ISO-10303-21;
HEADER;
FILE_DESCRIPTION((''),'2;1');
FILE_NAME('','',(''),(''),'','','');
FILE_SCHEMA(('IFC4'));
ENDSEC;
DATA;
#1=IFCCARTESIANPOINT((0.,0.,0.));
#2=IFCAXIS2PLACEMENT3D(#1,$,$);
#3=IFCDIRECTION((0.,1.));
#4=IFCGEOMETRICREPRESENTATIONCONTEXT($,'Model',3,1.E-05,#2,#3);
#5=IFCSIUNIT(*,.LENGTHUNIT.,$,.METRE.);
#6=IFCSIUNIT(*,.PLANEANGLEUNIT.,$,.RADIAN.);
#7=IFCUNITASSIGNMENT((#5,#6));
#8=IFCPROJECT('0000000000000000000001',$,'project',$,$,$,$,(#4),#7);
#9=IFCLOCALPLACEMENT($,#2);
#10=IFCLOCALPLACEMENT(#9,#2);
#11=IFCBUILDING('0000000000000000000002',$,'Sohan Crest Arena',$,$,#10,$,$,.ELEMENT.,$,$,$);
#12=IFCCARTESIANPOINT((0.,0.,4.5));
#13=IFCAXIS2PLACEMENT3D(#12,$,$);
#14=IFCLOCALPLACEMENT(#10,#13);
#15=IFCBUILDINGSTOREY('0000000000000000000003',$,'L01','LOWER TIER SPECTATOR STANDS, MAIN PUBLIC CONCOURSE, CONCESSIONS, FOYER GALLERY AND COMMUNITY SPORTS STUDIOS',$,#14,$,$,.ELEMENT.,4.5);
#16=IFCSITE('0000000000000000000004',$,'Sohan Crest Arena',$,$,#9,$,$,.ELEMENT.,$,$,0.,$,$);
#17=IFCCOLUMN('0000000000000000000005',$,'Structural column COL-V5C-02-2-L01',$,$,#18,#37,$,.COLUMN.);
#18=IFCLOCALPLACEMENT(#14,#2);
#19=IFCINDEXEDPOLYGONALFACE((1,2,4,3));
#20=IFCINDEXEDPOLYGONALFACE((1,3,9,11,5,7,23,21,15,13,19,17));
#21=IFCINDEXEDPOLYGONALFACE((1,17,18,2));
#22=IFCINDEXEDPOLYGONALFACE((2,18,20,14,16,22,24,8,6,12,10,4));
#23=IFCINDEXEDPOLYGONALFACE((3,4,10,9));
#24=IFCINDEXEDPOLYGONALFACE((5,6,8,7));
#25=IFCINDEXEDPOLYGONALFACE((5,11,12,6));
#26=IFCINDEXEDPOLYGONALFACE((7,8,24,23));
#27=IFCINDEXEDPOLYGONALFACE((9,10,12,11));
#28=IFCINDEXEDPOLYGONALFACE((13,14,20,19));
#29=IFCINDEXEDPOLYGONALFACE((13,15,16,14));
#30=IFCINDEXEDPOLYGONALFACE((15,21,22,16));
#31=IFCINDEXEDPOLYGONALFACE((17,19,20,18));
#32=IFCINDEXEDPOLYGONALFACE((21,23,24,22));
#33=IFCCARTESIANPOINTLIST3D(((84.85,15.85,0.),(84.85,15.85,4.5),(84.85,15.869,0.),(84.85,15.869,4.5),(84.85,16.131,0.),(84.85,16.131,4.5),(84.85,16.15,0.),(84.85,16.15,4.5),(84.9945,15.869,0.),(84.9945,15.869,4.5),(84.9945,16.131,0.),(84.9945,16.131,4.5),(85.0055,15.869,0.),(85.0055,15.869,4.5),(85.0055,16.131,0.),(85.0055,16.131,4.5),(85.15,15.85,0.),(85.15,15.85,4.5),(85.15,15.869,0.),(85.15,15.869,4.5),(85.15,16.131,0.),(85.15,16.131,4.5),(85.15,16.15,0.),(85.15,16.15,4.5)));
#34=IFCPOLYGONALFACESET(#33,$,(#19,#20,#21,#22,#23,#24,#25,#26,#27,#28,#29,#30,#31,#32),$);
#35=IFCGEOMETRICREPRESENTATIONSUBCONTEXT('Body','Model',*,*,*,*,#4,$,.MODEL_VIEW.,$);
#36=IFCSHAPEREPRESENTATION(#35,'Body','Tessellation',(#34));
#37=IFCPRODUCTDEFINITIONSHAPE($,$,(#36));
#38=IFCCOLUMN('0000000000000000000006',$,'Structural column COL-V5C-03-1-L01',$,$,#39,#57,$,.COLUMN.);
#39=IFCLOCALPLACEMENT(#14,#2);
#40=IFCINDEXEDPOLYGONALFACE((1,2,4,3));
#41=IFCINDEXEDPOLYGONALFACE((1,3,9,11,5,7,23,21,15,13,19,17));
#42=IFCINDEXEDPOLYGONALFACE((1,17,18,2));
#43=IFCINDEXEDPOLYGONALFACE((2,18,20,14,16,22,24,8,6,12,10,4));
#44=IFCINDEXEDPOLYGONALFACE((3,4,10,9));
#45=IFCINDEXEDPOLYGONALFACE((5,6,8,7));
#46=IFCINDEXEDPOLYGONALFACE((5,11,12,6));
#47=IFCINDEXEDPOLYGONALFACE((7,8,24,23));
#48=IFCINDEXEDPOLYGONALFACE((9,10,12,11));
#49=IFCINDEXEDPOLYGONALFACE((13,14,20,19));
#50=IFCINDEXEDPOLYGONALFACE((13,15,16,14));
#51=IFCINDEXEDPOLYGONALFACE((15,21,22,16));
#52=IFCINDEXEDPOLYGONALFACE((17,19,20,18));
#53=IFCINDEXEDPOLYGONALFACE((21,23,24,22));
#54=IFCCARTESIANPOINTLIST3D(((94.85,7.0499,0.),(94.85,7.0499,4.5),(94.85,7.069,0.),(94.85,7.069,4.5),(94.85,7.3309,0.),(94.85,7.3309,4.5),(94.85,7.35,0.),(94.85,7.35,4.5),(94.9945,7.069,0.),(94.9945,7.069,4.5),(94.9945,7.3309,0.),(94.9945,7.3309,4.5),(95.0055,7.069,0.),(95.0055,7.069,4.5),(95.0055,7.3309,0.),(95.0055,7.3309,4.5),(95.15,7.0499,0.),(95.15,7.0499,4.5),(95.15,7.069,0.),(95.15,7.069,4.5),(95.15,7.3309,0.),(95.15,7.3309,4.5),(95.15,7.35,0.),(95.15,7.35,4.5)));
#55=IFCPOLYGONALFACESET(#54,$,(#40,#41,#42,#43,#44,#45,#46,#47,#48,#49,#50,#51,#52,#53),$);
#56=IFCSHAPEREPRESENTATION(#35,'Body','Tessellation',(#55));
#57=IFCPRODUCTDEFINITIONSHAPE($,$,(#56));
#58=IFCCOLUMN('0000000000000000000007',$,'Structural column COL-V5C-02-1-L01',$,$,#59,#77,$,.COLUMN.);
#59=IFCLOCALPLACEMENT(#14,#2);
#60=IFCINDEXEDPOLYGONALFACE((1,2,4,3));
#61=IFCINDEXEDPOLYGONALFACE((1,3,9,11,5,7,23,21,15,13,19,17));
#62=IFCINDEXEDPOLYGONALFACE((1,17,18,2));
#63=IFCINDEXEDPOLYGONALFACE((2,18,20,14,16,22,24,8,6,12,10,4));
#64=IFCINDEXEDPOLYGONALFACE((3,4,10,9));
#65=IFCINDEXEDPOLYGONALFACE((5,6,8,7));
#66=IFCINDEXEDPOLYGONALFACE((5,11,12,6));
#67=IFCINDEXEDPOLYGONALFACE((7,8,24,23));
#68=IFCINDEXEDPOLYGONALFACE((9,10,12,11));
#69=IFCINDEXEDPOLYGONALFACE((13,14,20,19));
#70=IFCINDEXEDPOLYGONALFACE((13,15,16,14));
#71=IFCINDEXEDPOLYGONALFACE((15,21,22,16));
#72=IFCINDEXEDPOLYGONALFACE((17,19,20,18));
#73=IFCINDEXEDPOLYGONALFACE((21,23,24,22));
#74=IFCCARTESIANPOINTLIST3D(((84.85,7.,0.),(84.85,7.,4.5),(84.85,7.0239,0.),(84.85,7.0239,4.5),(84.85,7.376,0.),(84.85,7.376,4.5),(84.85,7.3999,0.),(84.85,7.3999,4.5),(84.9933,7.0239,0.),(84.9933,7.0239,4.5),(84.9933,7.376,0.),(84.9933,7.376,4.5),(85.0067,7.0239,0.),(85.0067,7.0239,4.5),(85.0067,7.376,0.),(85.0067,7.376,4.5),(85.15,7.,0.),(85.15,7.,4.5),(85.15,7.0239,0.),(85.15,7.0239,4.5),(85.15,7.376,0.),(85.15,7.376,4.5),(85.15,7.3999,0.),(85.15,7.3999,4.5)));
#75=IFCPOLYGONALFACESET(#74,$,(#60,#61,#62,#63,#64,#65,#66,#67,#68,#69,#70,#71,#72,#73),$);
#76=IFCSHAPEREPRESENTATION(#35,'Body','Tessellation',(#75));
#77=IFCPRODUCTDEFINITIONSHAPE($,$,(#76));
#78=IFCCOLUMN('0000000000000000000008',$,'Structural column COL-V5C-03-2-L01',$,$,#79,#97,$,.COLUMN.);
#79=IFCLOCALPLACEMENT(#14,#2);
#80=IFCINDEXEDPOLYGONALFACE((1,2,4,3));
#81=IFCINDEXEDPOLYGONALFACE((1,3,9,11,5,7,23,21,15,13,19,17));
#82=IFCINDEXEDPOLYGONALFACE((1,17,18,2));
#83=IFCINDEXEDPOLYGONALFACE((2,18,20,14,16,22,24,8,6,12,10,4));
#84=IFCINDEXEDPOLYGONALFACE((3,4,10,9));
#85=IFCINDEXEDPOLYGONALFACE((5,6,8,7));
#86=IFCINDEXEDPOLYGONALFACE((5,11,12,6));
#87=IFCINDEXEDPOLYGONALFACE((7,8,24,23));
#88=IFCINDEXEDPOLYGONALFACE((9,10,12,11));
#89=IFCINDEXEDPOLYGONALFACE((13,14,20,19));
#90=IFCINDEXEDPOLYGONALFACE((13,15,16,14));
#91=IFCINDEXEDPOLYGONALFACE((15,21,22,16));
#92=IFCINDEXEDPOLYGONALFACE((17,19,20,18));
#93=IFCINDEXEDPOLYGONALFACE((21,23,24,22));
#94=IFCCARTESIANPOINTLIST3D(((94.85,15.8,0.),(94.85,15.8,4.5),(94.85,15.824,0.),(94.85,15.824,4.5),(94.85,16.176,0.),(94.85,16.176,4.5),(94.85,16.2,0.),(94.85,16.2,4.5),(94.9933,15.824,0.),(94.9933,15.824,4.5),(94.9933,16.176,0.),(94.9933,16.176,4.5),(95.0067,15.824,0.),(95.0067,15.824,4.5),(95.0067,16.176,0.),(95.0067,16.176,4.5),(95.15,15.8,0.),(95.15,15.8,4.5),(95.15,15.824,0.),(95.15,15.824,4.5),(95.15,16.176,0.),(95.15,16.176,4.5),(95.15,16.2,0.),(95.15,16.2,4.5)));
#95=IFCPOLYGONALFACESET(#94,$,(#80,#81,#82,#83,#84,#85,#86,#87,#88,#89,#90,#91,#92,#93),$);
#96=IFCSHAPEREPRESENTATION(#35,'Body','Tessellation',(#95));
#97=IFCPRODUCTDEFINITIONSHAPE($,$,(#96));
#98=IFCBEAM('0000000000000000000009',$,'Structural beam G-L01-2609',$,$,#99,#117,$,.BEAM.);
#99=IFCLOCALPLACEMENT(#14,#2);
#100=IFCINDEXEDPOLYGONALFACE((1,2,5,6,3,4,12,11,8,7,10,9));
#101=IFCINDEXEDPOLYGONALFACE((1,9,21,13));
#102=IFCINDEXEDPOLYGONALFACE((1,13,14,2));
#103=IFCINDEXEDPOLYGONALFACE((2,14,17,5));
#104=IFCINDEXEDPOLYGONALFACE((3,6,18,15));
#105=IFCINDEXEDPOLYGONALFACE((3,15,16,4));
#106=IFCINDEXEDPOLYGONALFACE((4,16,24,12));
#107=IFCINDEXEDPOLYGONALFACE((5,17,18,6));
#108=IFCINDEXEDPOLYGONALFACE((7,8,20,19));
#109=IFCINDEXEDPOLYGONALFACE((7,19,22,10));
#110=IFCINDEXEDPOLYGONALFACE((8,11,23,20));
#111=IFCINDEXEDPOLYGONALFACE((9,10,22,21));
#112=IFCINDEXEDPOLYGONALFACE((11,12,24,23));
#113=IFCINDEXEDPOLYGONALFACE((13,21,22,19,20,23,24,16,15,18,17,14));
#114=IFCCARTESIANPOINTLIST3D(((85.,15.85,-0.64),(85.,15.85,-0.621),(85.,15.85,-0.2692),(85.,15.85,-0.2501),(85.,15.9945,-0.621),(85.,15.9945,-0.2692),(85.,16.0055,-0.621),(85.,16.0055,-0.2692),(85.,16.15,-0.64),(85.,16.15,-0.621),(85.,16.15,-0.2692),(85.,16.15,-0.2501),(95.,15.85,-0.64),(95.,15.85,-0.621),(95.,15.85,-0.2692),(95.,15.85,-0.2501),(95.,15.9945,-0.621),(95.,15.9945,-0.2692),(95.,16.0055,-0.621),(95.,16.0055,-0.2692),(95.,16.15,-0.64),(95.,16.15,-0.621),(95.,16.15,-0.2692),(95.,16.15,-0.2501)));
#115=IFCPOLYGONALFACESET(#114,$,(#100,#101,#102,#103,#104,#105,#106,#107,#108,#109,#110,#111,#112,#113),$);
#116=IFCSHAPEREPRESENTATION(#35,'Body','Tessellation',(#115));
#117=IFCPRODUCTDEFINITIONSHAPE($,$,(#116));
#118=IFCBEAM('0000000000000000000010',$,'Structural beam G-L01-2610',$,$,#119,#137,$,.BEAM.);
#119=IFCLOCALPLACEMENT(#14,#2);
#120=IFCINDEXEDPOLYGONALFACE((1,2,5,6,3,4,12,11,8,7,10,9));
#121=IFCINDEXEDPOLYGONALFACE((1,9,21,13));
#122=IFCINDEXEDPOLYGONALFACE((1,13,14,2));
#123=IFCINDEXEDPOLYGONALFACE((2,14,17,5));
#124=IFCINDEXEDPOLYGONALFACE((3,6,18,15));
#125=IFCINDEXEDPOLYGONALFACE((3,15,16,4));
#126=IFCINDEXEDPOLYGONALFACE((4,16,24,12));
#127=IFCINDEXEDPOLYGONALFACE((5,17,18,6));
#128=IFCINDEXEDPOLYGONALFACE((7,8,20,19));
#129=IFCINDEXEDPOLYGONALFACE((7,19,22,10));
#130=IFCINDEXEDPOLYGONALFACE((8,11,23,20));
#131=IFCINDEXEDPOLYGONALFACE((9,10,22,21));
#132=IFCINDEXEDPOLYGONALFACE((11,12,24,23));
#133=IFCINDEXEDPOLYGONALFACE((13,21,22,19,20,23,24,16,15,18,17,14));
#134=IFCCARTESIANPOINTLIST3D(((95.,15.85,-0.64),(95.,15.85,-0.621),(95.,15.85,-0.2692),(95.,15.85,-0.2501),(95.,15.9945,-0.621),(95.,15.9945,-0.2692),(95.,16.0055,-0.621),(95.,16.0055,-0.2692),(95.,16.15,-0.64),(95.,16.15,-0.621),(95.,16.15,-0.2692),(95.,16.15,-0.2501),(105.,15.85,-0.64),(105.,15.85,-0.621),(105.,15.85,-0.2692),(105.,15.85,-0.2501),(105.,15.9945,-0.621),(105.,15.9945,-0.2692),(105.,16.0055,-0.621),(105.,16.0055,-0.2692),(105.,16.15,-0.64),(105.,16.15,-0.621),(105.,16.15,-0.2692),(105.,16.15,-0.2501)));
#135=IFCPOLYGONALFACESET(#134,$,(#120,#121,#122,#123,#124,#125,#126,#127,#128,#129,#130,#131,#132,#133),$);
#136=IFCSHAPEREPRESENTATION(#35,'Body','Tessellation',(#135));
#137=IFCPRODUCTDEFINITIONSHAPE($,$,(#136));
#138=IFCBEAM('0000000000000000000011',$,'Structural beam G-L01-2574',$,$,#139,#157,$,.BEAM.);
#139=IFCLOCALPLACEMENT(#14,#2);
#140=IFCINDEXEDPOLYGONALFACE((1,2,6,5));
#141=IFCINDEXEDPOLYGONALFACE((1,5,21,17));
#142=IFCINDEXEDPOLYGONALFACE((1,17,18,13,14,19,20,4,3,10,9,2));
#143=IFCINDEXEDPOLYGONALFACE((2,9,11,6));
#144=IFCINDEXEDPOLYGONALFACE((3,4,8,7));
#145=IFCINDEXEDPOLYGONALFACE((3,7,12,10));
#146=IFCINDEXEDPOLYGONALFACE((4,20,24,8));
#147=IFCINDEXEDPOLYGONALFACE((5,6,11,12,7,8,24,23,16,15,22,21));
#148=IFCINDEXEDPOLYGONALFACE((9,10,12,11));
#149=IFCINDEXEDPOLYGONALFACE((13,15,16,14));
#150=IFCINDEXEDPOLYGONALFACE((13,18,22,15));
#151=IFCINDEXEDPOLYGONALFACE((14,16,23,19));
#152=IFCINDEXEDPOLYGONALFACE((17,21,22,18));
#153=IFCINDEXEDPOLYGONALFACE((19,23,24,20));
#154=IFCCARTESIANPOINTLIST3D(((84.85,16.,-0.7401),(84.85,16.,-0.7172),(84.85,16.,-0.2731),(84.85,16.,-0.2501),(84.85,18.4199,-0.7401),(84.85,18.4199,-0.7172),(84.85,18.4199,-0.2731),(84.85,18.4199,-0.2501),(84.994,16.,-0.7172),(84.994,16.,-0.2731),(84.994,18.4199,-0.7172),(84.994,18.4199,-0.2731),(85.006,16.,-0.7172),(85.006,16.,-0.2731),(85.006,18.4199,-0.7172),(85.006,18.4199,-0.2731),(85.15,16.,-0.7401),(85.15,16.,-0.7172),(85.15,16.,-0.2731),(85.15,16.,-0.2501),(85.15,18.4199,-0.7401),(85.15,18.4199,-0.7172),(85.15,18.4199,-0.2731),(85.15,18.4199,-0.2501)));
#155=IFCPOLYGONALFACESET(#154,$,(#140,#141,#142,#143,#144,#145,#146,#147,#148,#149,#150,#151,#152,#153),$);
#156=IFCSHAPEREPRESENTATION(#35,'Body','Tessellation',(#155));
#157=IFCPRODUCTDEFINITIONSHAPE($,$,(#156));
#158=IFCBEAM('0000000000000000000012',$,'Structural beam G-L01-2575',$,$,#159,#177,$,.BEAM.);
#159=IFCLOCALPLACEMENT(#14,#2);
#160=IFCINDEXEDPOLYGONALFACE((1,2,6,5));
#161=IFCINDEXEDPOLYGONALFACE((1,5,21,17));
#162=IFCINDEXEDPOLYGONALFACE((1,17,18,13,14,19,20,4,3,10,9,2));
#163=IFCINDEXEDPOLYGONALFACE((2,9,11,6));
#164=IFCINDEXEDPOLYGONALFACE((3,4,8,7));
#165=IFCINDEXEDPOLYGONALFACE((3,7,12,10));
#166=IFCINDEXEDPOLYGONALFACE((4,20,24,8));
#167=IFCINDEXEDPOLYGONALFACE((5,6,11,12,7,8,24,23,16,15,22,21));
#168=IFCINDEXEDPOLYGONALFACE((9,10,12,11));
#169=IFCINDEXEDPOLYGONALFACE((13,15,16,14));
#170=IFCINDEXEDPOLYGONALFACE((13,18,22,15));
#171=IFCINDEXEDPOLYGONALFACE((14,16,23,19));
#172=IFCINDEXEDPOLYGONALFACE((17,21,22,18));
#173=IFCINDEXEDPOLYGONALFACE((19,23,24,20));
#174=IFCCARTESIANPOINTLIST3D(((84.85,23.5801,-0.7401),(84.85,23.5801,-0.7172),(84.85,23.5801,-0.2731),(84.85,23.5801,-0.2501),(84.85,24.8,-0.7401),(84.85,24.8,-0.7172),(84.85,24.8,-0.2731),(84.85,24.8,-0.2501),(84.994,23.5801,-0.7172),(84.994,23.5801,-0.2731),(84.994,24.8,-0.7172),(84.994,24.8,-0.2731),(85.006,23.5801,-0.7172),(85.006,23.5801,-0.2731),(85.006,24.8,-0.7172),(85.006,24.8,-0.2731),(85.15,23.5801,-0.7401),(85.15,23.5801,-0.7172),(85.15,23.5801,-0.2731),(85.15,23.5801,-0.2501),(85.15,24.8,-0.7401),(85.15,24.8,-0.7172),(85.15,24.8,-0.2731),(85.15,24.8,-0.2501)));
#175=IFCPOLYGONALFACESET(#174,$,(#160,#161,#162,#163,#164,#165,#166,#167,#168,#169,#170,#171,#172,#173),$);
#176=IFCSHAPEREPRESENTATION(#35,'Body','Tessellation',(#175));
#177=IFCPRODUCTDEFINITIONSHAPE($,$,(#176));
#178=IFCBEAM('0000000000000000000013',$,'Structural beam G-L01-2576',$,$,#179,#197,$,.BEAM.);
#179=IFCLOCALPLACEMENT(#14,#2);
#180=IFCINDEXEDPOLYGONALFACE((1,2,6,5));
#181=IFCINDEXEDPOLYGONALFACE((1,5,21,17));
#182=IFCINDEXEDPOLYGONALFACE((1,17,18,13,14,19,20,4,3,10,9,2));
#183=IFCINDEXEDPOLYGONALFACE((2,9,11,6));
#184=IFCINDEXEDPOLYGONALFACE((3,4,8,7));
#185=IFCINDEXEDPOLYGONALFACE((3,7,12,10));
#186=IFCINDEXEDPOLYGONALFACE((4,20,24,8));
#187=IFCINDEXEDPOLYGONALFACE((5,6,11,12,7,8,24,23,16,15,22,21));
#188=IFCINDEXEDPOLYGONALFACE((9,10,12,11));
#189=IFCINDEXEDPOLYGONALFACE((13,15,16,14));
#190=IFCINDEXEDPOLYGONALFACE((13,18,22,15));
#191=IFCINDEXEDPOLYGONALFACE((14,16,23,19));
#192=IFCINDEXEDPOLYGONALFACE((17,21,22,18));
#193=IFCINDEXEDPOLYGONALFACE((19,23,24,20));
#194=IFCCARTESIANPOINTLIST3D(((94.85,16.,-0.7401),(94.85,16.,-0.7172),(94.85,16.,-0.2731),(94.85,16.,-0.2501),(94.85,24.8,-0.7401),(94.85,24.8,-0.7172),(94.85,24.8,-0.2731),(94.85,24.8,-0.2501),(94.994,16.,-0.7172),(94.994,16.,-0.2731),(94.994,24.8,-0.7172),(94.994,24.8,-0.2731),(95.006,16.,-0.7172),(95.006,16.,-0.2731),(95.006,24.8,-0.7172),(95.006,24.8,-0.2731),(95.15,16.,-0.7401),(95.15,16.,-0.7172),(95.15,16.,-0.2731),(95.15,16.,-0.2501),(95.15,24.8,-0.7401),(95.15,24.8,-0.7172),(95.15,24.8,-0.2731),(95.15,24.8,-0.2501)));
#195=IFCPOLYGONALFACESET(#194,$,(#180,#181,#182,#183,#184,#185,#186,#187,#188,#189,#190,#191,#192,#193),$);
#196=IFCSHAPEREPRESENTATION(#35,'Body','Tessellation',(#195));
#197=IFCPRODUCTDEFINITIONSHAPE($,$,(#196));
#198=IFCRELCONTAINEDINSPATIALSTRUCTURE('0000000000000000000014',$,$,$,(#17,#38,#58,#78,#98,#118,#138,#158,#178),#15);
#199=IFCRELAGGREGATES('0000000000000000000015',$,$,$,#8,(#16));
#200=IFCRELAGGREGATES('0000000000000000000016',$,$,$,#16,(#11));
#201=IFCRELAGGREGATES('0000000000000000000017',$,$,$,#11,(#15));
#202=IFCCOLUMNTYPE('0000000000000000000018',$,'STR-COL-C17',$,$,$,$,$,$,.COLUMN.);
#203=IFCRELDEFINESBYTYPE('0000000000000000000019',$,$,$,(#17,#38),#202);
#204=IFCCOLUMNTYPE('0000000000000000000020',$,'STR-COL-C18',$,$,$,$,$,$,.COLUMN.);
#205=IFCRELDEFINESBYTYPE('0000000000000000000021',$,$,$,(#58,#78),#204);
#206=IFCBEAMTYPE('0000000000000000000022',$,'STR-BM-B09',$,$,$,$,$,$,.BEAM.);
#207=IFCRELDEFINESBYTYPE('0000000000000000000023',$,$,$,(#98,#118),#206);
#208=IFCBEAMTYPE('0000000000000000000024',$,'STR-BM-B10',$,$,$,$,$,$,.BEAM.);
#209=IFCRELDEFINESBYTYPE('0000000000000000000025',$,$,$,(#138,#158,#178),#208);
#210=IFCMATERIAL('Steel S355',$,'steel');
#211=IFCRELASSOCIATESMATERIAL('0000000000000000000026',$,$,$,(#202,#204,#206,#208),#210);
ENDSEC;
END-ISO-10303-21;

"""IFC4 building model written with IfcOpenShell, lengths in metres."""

from ifc_helpers import new_model, si_unit, direction, frame, origin, origin_2d, place, context, subcontext, project, spatial, i_section, extrude, material, material_profile, profile_set, type_object, element, save


model = new_model("IFC4")

# Units and contexts
model_context = context("Model", 3, precision=1e-05, world=origin(), true_north=direction((0.0, 1.0)))
body_context = subcontext(model_context, "Body", "Model", "MODEL_VIEW")
ifc_project = project(units=[si_unit("LENGTHUNIT", "METRE"), si_unit("PLANEANGLEUNIT", "RADIAN")], contexts=[model_context])

# Site, building, storey
site_placement = place(None, origin())
site = spatial("IfcSite", under=ifc_project, at=site_placement, Name="Sohan Crest Arena", CompositionType="ELEMENT", RefElevation=0.0)
building_placement = place(site_placement, origin())
building = spatial("IfcBuilding", under=site, at=building_placement, Name="Sohan Crest Arena", CompositionType="ELEMENT")
storey_placement = place(building_placement, frame((0.0, 0.0, 4.5)))
storey = spatial("IfcBuildingStorey", under=building, at=storey_placement, Name="L01", Description="LOWER TIER SPECTATOR STANDS, MAIN PUBLIC CONCOURSE, CONCESSIONS, FOYER GALLERY AND COMMUNITY SPORTS STUDIOS", CompositionType="ELEMENT", Elevation=4.5)

# Columns
ifc_material_1 = material(Name="Steel S355", Category="steel")
ifc_material_profile_1 = material_profile(ifc_material_1, i_section(OverallWidth=0.3, OverallDepth=0.3, WebThickness=0.011, FlangeThickness=0.019, at=origin_2d()), Name="HEB 300")
ifc_profile_set_1 = profile_set([ifc_material_profile_1], Name="Steel S355")
column_type_1 = type_object("IfcColumnType", Name="STR-COL-C17", PredefinedType="COLUMN", material=ifc_profile_set_1)
for number, where, z_axis, x_axis, name in (
    (1, (85.0, 16.0, 0.0), (0.0, 0.0, 1.0), (1.0, 0.0, 0.0), "Structural column COL-V5C-02-2-L01"),
    (2, (95.0, 7.2, 0.0), (0.0, 0.0, 1.0), (1.0, 0.0, 0.0), "Structural column COL-V5C-03-1-L01"),
):
    element("IfcColumn", number, at=place(storey_placement, frame(where, z_axis=z_axis, x_axis=x_axis)), inside=storey, type_object=column_type_1, Name=name, PredefinedType="COLUMN", context=body_context, shape_type="SweptSolid", body=[
        extrude(i_section(OverallWidth=0.3, OverallDepth=0.3, WebThickness=0.011, FlangeThickness=0.019, at=origin_2d()), origin(), (0.0, 0.0, 1.0), 4.5),
    ])
ifc_material_profile_2 = material_profile(ifc_material_1, i_section(OverallWidth=0.3, OverallDepth=0.3999, WebThickness=0.0134, FlangeThickness=0.0239, at=origin_2d()), Name="HEB 400")
ifc_profile_set_2 = profile_set([ifc_material_profile_2], Name="Steel S355")
column_type_2 = type_object("IfcColumnType", Name="STR-COL-C18", PredefinedType="COLUMN", material=ifc_profile_set_2)
for number, where, z_axis, x_axis, name in (
    (3, (85.0, 7.2, 0.0), (0.0, 0.0, 1.0), (1.0, 0.0, 0.0), "Structural column COL-V5C-02-1-L01"),
    (4, (95.0, 16.0, 0.0), (0.0, 0.0, 1.0), (1.0, 0.0, 0.0), "Structural column COL-V5C-03-2-L01"),
):
    element("IfcColumn", number, at=place(storey_placement, frame(where, z_axis=z_axis, x_axis=x_axis)), inside=storey, type_object=column_type_2, Name=name, PredefinedType="COLUMN", context=body_context, shape_type="SweptSolid", body=[
        extrude(i_section(OverallWidth=0.3, OverallDepth=0.3999, WebThickness=0.0134, FlangeThickness=0.0239, at=origin_2d()), origin(), (0.0, 0.0, 1.0), 4.5),
    ])

# Beams
ifc_material_profile_3 = material_profile(ifc_material_1, i_section(OverallWidth=0.3, OverallDepth=0.3899, WebThickness=0.011, FlangeThickness=0.019, at=origin_2d()), Name="HEA 400")
ifc_profile_set_3 = profile_set([ifc_material_profile_3], Name="Steel S355")
beam_type_1 = type_object("IfcBeamType", Name="STR-BM-B09", PredefinedType="BEAM", material=ifc_profile_set_3)
for number, where, z_axis, x_axis, name in (
    (5, (85.0, 16.0, -0.4451), (1.0, 0.0, 0.0), (0.0, 1.0, 0.0), "Structural beam G-L01-2609"),
    (6, (95.0, 16.0, -0.4451), (1.0, 0.0, 0.0), (0.0, 1.0, 0.0), "Structural beam G-L01-2610"),
):
    element("IfcBeam", number, at=place(storey_placement, frame(where, z_axis=z_axis, x_axis=x_axis)), inside=storey, type_object=beam_type_1, Name=name, PredefinedType="BEAM", context=body_context, shape_type="SweptSolid", body=[
        extrude(i_section(OverallWidth=0.3, OverallDepth=0.3899, WebThickness=0.011, FlangeThickness=0.019, at=origin_2d()), origin(), (0.0, 0.0, 1.0), 10.0),
    ])
ifc_material_profile_4 = material_profile(ifc_material_1, i_section(OverallWidth=0.3, OverallDepth=0.49, WebThickness=0.012, FlangeThickness=0.0229, at=origin_2d()), Name="HEA 500")
ifc_profile_set_4 = profile_set([ifc_material_profile_4], Name="Steel S355")
beam_type_2 = type_object("IfcBeamType", Name="STR-BM-B10", PredefinedType="BEAM", material=ifc_profile_set_4)
beam_1_placement = place(storey_placement, frame((85.0, 16.0, -0.4951), z_axis=(0.0, 1.0, 0.0), x_axis=(-1.0, 0.0, 0.0)))
element("IfcBeam", 7, at=beam_1_placement, inside=storey, type_object=beam_type_2, Name="Structural beam G-L01-2574", PredefinedType="BEAM", context=body_context, shape_type="SweptSolid", body=[
    extrude(i_section(OverallWidth=0.3, OverallDepth=0.49, WebThickness=0.012, FlangeThickness=0.0229, at=origin_2d()), origin(), (0.0, 0.0, 1.0), 2.4199),
])
beam_2_placement = place(storey_placement, frame((85.0, 23.5801, -0.4951), z_axis=(0.0, 1.0, 0.0), x_axis=(-1.0, 0.0, 0.0)))
element("IfcBeam", 8, at=beam_2_placement, inside=storey, type_object=beam_type_2, Name="Structural beam G-L01-2575", PredefinedType="BEAM", context=body_context, shape_type="SweptSolid", body=[
    extrude(i_section(OverallWidth=0.3, OverallDepth=0.49, WebThickness=0.012, FlangeThickness=0.0229, at=origin_2d()), origin(), (0.0, 0.0, 1.0), 1.22),
])
beam_3_placement = place(storey_placement, frame((95.0, 16.0, -0.4951), z_axis=(0.0, 1.0, 0.0), x_axis=(-1.0, 0.0, 0.0)))
element("IfcBeam", 9, at=beam_3_placement, inside=storey, type_object=beam_type_2, Name="Structural beam G-L01-2576", PredefinedType="BEAM", context=body_context, shape_type="SweptSolid", body=[
    extrude(i_section(OverallWidth=0.3, OverallDepth=0.49, WebThickness=0.012, FlangeThickness=0.0229, at=origin_2d()), origin(), (0.0, 0.0, 1.0), 8.8),
])

save(model, "model.ifc")
